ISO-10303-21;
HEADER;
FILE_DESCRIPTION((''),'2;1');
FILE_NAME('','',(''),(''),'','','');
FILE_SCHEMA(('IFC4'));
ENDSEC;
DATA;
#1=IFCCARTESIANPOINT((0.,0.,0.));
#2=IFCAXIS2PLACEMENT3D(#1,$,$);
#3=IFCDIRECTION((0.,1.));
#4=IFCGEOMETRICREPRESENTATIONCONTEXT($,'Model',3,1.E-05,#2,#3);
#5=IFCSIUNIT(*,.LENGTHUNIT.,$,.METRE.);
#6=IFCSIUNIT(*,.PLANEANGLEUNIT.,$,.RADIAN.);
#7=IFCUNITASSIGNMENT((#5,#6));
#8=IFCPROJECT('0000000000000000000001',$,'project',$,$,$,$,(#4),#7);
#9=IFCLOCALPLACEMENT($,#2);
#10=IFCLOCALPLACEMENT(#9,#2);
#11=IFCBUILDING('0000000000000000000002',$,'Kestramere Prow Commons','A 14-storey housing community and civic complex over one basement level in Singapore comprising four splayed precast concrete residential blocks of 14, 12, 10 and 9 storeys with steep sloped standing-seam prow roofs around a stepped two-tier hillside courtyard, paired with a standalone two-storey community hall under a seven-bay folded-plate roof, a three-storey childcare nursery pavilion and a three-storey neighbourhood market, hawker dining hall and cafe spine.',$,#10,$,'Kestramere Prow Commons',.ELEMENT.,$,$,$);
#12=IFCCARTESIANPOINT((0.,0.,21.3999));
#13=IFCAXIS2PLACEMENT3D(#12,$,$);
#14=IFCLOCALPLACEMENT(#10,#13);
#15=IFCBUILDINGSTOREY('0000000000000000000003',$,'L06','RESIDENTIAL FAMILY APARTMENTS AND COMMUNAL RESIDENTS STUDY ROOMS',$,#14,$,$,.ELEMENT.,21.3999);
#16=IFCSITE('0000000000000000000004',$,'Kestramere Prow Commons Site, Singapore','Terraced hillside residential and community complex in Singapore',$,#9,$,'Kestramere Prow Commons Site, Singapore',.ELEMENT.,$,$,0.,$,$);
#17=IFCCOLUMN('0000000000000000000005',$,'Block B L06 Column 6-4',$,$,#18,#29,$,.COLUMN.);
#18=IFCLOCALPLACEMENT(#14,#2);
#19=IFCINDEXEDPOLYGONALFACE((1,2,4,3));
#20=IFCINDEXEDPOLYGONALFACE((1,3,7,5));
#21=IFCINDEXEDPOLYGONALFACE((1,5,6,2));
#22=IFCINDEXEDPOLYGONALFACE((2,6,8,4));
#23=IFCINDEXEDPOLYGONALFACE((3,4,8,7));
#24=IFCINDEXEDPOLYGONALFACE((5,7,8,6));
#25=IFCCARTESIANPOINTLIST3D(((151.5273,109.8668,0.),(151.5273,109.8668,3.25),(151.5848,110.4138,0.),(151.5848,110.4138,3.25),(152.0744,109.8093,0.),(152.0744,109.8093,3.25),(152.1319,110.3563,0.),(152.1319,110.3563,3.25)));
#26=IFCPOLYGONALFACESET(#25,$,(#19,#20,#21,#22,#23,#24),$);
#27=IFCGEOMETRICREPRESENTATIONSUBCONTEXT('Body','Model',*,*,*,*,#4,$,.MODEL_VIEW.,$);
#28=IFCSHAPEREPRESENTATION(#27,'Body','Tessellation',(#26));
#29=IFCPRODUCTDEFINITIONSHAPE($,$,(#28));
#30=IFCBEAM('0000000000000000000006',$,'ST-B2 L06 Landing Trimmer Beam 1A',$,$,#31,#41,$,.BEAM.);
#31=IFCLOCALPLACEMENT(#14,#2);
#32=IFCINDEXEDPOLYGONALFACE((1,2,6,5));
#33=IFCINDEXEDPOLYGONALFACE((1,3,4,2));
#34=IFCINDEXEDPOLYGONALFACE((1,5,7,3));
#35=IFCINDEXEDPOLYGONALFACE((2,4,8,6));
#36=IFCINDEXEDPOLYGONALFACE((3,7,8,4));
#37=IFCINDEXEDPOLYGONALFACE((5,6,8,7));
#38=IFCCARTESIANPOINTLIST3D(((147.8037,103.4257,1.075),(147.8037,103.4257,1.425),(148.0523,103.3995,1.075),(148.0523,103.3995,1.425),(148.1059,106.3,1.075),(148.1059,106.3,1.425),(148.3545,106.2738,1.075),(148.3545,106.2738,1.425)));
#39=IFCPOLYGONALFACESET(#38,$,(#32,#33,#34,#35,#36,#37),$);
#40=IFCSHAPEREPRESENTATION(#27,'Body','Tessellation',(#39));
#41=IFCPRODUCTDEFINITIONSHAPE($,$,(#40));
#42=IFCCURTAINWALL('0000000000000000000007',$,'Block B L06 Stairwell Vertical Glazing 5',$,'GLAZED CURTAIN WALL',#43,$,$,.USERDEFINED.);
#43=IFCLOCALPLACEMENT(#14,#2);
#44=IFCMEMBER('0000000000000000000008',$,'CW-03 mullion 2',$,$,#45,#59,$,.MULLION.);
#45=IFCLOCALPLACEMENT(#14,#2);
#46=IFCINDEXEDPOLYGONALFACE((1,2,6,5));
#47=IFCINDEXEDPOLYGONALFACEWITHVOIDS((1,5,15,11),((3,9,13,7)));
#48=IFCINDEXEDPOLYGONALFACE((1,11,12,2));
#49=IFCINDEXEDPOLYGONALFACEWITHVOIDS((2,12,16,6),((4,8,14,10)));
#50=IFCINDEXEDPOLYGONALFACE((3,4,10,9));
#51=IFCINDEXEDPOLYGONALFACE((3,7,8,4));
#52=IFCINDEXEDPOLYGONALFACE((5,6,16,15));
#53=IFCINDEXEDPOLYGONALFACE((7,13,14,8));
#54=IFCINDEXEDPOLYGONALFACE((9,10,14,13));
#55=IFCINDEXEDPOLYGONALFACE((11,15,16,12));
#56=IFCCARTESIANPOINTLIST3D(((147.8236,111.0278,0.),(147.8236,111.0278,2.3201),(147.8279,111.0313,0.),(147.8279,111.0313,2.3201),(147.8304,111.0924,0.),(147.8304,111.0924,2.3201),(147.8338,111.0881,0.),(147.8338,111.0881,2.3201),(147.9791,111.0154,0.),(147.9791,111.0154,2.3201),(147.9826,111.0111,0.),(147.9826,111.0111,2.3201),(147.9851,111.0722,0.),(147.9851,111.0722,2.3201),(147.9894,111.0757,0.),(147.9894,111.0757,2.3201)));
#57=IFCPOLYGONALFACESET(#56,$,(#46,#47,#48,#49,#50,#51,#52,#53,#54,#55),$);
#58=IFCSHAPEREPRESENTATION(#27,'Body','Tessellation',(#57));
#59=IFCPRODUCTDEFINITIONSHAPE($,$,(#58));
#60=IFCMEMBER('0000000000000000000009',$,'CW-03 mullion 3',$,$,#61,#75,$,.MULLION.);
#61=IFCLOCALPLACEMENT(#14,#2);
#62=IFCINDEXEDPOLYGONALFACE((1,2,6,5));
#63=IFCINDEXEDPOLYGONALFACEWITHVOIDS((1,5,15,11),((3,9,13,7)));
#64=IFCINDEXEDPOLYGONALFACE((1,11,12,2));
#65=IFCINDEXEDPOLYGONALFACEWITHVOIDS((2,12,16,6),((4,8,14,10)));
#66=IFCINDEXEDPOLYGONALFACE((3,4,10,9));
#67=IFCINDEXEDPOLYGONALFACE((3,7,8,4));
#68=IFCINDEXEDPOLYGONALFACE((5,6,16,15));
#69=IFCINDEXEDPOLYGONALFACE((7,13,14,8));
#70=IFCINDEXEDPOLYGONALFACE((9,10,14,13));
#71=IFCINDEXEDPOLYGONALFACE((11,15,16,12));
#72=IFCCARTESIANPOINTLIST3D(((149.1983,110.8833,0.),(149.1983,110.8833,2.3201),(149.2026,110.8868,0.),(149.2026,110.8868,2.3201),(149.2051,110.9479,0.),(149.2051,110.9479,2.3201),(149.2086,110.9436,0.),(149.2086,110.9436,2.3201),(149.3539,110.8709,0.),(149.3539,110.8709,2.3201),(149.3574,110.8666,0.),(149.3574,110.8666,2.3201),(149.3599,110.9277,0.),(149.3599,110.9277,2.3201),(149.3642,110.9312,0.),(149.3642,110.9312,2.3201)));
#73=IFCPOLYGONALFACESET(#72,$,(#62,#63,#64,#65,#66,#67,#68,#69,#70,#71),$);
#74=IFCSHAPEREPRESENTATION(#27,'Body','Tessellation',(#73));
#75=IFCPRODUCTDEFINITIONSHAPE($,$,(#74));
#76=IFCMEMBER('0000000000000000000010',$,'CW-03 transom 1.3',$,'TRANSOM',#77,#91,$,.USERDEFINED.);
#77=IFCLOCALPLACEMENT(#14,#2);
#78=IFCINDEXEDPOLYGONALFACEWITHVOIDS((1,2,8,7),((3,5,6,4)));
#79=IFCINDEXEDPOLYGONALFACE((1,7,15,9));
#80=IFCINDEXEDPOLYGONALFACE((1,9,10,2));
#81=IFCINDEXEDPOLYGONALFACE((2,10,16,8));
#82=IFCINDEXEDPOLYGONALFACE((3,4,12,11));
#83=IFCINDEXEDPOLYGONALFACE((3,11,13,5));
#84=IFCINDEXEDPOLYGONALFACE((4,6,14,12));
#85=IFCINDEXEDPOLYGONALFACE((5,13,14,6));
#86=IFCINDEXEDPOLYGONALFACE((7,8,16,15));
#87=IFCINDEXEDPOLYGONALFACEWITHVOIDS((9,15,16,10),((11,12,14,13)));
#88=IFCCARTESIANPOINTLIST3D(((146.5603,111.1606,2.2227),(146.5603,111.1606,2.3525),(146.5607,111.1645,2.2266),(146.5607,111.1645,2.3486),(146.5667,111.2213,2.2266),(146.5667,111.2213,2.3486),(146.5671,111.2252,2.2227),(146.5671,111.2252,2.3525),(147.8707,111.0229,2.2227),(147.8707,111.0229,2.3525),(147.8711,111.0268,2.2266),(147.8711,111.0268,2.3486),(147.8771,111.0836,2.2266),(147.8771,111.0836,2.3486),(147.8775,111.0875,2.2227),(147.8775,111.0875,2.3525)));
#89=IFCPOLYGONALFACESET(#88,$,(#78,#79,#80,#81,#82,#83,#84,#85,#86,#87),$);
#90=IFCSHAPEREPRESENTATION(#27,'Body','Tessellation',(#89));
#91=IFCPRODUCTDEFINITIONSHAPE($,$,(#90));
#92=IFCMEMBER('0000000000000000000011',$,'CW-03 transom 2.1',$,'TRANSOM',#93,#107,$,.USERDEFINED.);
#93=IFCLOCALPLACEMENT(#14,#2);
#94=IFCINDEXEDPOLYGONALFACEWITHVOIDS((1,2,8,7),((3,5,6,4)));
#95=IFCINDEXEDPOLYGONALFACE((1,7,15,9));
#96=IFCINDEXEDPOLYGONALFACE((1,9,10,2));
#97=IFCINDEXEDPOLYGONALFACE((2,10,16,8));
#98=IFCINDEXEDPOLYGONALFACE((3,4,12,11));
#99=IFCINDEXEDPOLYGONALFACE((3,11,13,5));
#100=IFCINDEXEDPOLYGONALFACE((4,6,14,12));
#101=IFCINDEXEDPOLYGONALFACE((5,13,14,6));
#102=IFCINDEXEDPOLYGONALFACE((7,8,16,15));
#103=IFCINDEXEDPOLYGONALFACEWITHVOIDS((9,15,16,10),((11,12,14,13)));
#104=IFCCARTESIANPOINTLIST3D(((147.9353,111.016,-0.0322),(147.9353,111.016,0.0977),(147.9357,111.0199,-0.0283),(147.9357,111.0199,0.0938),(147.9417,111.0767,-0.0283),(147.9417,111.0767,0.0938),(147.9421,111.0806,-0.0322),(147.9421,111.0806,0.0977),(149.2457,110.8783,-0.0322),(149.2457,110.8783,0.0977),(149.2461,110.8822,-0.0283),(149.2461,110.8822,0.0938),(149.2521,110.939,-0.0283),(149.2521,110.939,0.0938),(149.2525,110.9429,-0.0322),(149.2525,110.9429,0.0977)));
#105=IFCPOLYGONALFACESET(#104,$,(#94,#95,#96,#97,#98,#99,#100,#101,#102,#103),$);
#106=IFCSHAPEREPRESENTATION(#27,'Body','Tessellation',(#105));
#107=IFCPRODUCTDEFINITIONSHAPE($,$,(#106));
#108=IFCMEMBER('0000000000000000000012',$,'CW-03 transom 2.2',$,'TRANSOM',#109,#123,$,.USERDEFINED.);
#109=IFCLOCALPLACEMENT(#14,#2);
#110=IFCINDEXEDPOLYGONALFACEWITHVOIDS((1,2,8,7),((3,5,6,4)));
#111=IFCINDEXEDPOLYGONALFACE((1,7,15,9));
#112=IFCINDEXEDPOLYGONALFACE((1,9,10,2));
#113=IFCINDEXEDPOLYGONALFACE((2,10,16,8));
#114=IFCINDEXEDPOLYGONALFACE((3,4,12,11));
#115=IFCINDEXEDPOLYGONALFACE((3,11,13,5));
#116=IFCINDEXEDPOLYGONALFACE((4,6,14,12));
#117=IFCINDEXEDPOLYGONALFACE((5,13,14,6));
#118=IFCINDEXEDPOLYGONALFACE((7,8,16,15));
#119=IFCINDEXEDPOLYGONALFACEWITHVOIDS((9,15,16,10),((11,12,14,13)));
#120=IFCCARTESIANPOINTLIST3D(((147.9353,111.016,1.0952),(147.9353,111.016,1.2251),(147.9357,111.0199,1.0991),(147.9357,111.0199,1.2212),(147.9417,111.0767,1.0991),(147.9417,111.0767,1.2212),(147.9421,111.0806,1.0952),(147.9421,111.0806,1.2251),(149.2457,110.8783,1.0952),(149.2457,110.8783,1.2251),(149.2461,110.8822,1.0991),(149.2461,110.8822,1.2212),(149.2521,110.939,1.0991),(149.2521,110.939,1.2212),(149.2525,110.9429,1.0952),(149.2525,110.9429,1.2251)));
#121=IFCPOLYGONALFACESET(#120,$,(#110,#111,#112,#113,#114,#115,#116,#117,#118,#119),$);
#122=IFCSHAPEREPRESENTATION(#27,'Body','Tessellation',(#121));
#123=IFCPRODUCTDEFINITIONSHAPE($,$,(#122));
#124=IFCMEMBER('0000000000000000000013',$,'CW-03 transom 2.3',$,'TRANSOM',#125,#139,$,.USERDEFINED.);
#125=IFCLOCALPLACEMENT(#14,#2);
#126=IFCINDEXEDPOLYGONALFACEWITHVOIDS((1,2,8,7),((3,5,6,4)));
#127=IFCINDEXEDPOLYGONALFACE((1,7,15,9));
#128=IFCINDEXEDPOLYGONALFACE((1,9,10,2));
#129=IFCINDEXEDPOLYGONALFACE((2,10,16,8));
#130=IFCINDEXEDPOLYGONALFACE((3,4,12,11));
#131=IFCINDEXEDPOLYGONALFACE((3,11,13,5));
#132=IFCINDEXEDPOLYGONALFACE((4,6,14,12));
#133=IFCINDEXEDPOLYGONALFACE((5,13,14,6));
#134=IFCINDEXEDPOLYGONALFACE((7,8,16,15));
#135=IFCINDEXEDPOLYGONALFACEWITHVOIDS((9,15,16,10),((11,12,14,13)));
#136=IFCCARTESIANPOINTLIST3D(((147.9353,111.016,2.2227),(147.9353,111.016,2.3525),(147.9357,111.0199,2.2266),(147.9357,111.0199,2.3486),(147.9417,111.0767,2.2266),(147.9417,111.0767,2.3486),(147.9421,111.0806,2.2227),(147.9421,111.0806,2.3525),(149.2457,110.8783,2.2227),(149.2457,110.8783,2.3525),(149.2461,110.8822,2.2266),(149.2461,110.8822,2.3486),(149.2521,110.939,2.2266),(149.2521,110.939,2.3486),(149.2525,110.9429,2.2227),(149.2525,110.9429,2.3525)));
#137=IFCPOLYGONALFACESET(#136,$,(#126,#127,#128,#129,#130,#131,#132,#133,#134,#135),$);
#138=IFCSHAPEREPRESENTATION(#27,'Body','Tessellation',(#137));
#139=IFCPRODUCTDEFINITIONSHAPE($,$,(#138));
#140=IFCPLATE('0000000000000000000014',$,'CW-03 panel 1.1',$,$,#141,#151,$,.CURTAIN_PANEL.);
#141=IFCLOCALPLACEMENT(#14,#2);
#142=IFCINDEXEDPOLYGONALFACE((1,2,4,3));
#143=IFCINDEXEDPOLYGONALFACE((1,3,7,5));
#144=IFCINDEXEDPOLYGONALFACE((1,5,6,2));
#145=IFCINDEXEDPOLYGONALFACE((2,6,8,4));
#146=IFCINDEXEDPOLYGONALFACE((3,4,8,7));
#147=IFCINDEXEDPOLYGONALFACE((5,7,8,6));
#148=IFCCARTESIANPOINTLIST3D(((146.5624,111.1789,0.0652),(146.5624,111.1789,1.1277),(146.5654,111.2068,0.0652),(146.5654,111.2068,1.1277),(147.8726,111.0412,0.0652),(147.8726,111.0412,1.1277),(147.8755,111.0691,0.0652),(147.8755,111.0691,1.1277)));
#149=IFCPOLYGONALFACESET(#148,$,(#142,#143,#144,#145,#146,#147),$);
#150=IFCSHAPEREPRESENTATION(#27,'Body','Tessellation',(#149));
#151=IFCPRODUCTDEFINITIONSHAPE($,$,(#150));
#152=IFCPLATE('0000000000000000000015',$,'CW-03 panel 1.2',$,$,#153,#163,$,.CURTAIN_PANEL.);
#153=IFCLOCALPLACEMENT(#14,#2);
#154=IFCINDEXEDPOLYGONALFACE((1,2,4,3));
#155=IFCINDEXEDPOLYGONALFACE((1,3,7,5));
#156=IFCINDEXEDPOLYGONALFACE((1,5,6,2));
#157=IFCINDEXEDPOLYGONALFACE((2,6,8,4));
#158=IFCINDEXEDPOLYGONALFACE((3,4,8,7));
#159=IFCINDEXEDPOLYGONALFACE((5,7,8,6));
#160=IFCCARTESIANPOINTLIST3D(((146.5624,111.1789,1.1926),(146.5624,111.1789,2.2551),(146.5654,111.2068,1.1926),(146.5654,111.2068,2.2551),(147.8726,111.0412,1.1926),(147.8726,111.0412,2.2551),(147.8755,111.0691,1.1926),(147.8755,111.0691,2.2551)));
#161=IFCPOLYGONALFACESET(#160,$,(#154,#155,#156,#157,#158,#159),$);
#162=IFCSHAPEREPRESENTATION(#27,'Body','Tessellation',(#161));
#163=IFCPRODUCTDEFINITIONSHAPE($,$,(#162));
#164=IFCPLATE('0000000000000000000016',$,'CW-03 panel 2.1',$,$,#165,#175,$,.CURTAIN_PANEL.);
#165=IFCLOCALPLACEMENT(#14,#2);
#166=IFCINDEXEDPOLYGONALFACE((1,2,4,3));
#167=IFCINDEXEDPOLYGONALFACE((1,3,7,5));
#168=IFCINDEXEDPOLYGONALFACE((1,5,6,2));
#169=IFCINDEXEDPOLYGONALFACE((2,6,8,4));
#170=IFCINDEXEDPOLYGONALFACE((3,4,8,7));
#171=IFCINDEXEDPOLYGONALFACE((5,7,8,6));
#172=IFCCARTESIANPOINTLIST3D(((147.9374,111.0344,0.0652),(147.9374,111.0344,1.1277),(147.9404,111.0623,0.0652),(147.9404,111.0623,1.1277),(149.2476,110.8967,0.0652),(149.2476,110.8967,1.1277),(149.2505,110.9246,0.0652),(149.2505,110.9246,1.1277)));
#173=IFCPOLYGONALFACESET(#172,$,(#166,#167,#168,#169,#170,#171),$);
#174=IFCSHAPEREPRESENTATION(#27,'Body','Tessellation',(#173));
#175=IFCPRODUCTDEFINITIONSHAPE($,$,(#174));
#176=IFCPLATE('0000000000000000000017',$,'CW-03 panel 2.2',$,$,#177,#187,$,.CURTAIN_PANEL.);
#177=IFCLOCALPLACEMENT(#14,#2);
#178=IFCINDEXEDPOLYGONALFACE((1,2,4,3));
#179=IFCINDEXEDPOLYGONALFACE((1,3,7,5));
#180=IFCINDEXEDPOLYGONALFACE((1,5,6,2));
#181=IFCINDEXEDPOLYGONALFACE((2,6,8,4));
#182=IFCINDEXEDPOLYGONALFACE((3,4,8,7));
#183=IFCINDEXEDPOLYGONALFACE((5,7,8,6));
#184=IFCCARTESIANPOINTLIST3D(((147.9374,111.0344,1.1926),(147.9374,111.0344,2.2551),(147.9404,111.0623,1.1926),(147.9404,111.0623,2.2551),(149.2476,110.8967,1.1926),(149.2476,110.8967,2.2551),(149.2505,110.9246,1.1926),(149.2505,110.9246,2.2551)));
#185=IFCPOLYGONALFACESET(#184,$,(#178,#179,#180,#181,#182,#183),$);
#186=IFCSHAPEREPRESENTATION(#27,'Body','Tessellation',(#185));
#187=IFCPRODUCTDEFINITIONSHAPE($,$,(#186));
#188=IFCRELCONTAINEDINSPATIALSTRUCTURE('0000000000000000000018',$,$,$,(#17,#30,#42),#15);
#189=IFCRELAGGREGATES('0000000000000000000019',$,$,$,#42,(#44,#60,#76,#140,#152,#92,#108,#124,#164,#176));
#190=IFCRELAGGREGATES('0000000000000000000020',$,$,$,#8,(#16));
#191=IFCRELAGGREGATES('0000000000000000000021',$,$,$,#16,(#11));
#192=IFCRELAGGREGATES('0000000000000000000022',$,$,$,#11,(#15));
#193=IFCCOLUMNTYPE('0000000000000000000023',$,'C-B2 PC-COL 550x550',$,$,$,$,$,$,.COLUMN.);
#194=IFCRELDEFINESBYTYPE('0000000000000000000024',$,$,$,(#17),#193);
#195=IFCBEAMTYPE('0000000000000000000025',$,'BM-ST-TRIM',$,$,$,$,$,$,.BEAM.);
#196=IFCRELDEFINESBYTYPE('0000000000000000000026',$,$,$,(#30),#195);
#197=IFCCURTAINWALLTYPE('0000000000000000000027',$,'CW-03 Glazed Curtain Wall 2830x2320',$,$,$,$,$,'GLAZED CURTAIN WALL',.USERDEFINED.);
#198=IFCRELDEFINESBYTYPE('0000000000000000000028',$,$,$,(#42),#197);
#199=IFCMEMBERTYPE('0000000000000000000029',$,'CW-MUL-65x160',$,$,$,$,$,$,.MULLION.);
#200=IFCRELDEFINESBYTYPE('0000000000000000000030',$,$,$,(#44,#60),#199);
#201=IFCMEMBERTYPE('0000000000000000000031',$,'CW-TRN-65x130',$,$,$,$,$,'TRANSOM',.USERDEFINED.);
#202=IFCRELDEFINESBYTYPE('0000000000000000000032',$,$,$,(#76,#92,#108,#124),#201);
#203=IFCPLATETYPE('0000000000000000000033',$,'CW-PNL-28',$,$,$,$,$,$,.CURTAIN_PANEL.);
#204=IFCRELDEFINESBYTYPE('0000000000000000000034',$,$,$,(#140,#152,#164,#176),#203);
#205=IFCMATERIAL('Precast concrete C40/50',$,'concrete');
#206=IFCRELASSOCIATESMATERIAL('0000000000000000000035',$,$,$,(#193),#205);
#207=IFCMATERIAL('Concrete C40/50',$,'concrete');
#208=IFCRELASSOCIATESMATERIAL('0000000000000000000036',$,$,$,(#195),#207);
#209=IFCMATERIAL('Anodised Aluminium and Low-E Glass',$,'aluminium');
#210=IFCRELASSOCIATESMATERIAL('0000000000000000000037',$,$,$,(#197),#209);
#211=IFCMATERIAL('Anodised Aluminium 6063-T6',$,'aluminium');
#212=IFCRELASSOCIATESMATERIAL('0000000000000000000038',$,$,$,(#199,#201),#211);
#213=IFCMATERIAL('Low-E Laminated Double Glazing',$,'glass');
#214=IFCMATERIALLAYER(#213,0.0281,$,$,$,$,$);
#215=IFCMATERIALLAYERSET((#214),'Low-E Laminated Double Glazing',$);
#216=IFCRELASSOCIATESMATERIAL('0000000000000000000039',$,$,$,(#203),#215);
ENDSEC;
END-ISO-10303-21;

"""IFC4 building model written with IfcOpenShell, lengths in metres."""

from ifc_helpers import new_model, si_unit, direction, frame, origin, origin_2d, place, context, subcontext, project, spatial, rectangle, hollow_rectangle, extrude, material, layer, layer_set, material_profile, profile_set, type_object, element, aggregate, save


model = new_model("IFC4")

# Units and contexts
model_context = context("Model", 3, precision=1e-05, world=origin(), true_north=direction((0.0, 1.0)))
body_context = subcontext(model_context, "Body", "Model", "MODEL_VIEW")
ifc_project = project(units=[si_unit("LENGTHUNIT", "METRE"), si_unit("PLANEANGLEUNIT", "RADIAN")], contexts=[model_context])

# Site, building, storey
site_placement = place(None, origin())
site = spatial("IfcSite", under=ifc_project, at=site_placement, Name="Kestramere Prow Commons Site, Singapore", Description="Terraced hillside residential and community complex in Singapore", LongName="Kestramere Prow Commons Site, Singapore", CompositionType="ELEMENT", RefElevation=0.0)
building_placement = place(site_placement, origin())
building = spatial("IfcBuilding", under=site, at=building_placement, Name="Kestramere Prow Commons", Description="A 14-storey housing community and civic complex over one basement level in Singapore comprising four splayed precast concrete residential blocks of 14, 12, 10 and 9 storeys with steep sloped standing-seam prow roofs around a stepped two-tier hillside courtyard, paired with a standalone two-storey community hall under a seven-bay folded-plate roof, a three-storey childcare nursery pavilion and a three-storey neighbourhood market, hawker dining hall and cafe spine.", LongName="Kestramere Prow Commons", CompositionType="ELEMENT")
storey_placement = place(building_placement, frame((0.0, 0.0, 21.3999)))
storey = spatial("IfcBuildingStorey", under=building, at=storey_placement, Name="L06", Description="RESIDENTIAL FAMILY APARTMENTS AND COMMUNAL RESIDENTS STUDY ROOMS", CompositionType="ELEMENT", Elevation=21.3999)

# Column
ifc_material_1 = material(Name="Precast concrete C40/50", Category="concrete")
ifc_material_profile_1 = material_profile(ifc_material_1, rectangle(XDim=0.55, YDim=0.55, at=origin_2d()), Name="PC-COL 550x550")
ifc_profile_set_1 = profile_set([ifc_material_profile_1], Name="Precast concrete C40/50")
column_type = type_object("IfcColumnType", Name="C-B2 PC-COL 550x550", PredefinedType="COLUMN", material=ifc_profile_set_1)
column_placement = place(storey_placement, frame((151.8296, 110.1116, 0.0), z_axis=(0.0, 0.0, 1.0), x_axis=(0.994522, -0.104528, 0.0)))
element("IfcColumn", 1, at=column_placement, inside=storey, type_object=column_type, Name="Block B L06 Column 6-4", PredefinedType="COLUMN", context=body_context, shape_type="SweptSolid", body=[
    extrude(rectangle(XDim=0.55, YDim=0.55, at=origin_2d()), origin(), (0.0, 0.0, 1.0), 3.25),
])

# Beam
ifc_material_2 = material(Name="Concrete C40/50", Category="concrete")
ifc_material_profile_2 = material_profile(ifc_material_2, rectangle(XDim=0.25, YDim=0.3501, at=origin_2d()), Name="PC-BM 250x350")
ifc_profile_set_2 = profile_set([ifc_material_profile_2], Name="Concrete C40/50")
beam_type = type_object("IfcBeamType", Name="BM-ST-TRIM", PredefinedType="BEAM", material=ifc_profile_set_2)
beam_placement = place(storey_placement, frame((147.928, 103.4126, 1.25), z_axis=(0.104579, 0.994517, 0.0), x_axis=(-0.994517, 0.104579, 0.0)))
element("IfcBeam", 2, at=beam_placement, inside=storey, type_object=beam_type, Name="ST-B2 L06 Landing Trimmer Beam 1A", PredefinedType="BEAM", context=body_context, shape_type="SweptSolid", body=[
    extrude(rectangle(XDim=0.25, YDim=0.3501, at=origin_2d()), origin(), (0.0, 0.0, 1.0), 2.8901),
])

# Curtain wall, members, plates
ifc_material_3 = material(Name="Anodised Aluminium and Low-E Glass", Category="aluminium")
curtain_wall_type = type_object("IfcCurtainWallType", Name="CW-03 Glazed Curtain Wall 2830x2320", ElementType="GLAZED CURTAIN WALL", PredefinedType="USERDEFINED", material=ifc_material_3)
curtain_wall_placement = place(storey_placement, origin())
curtain_wall = element("IfcCurtainWall", 3, at=curtain_wall_placement, inside=storey, type_object=curtain_wall_type, Name="Block B L06 Stairwell Vertical Glazing 5", ObjectType="GLAZED CURTAIN WALL", PredefinedType="USERDEFINED")
ifc_material_4 = material(Name="Anodised Aluminium 6063-T6", Category="aluminium")
ifc_material_profile_3 = material_profile(ifc_material_4, hollow_rectangle(XDim=0.0649, YDim=0.1599, WallThickness=0.0039, at=origin_2d()), Name="ALU-MUL 65x160")
ifc_profile_set_3 = profile_set([ifc_material_profile_3], Name="Anodised Aluminium 6063-T6")
member_type_1 = type_object("IfcMemberType", Name="CW-MUL-65x160", PredefinedType="MULLION", material=ifc_profile_set_3)
member_1_placement = place(storey_placement, frame((147.9065, 111.0518, 0.0), z_axis=(0.0, 0.0, 1.0), x_axis=(0.104528, 0.994522, 0.0)))
member_1 = element("IfcMember", 4, at=member_1_placement, type_object=member_type_1, Name="CW-03 mullion 2", PredefinedType="MULLION", context=body_context, shape_type="SweptSolid", body=[
    extrude(hollow_rectangle(XDim=0.0649, YDim=0.1599, WallThickness=0.0039, at=origin_2d()), origin(), (0.0, 0.0, 1.0), 2.3201),
])
member_2_placement = place(storey_placement, frame((149.2812, 110.9072, 0.0), z_axis=(0.0, 0.0, 1.0), x_axis=(0.104528, 0.994522, 0.0)))
member_2 = element("IfcMember", 5, at=member_2_placement, type_object=member_type_1, Name="CW-03 mullion 3", PredefinedType="MULLION", context=body_context, shape_type="SweptSolid", body=[
    extrude(hollow_rectangle(XDim=0.0649, YDim=0.1599, WallThickness=0.0039, at=origin_2d()), origin(), (0.0, 0.0, 1.0), 2.3201),
])
ifc_material_profile_4 = material_profile(ifc_material_4, hollow_rectangle(XDim=0.0649, YDim=0.1299, WallThickness=0.0039, at=origin_2d()), Name="ALU-TRN 65x130")
ifc_profile_set_4 = profile_set([ifc_material_profile_4], Name="Anodised Aluminium 6063-T6")
member_type_2 = type_object("IfcMemberType", Name="CW-TRN-65x130", ElementType="TRANSOM", PredefinedType="USERDEFINED", material=ifc_profile_set_4)
member_3_placement = place(storey_placement, frame((146.5637, 111.1929, 2.2876), z_axis=(0.994524, -0.104511, 0.0), x_axis=(0.104511, 0.994524, 0.0)))
member_3 = element("IfcMember", 6, at=member_3_placement, type_object=member_type_2, Name="CW-03 transom 1.3", ObjectType="TRANSOM", PredefinedType="USERDEFINED", context=body_context, shape_type="SweptSolid", body=[
    extrude(hollow_rectangle(XDim=0.0649, YDim=0.1299, WallThickness=0.0039, at=origin_2d()), origin(), (0.0, 0.0, 1.0), 1.3176),
])
member_4_placement = place(storey_placement, frame((147.9387, 111.0483, 0.0327), z_axis=(0.994524, -0.104511, 0.0), x_axis=(0.104511, 0.994524, 0.0)))
member_4 = element("IfcMember", 7, at=member_4_placement, type_object=member_type_2, Name="CW-03 transom 2.1", ObjectType="TRANSOM", PredefinedType="USERDEFINED", context=body_context, shape_type="SweptSolid", body=[
    extrude(hollow_rectangle(XDim=0.0649, YDim=0.1299, WallThickness=0.0039, at=origin_2d()), origin(), (0.0, 0.0, 1.0), 1.3176),
])
member_5_placement = place(storey_placement, frame((147.9387, 111.0483, 1.1602), z_axis=(0.994524, -0.104511, 0.0), x_axis=(0.104511, 0.994524, 0.0)))
member_5 = element("IfcMember", 8, at=member_5_placement, type_object=member_type_2, Name="CW-03 transom 2.2", ObjectType="TRANSOM", PredefinedType="USERDEFINED", context=body_context, shape_type="SweptSolid", body=[
    extrude(hollow_rectangle(XDim=0.0649, YDim=0.1299, WallThickness=0.0039, at=origin_2d()), origin(), (0.0, 0.0, 1.0), 1.3176),
])
member_6_placement = place(storey_placement, frame((147.9387, 111.0483, 2.2876), z_axis=(0.994524, -0.104511, 0.0), x_axis=(0.104511, 0.994524, 0.0)))
member_6 = element("IfcMember", 9, at=member_6_placement, type_object=member_type_2, Name="CW-03 transom 2.3", ObjectType="TRANSOM", PredefinedType="USERDEFINED", context=body_context, shape_type="SweptSolid", body=[
    extrude(hollow_rectangle(XDim=0.0649, YDim=0.1299, WallThickness=0.0039, at=origin_2d()), origin(), (0.0, 0.0, 1.0), 1.3176),
])
ifc_material_5 = material(Name="Low-E Laminated Double Glazing", Category="glass")
ifc_layer_1 = layer(ifc_material_5, 0.0281)
ifc_layer_set_1 = layer_set([ifc_layer_1], Name="Low-E Laminated Double Glazing")
plate_type = type_object("IfcPlateType", Name="CW-PNL-28", PredefinedType="CURTAIN_PANEL", material=ifc_layer_set_1)
plate_1_placement = place(storey_placement, frame((147.219, 111.124, 0.0652), z_axis=(0.0, 0.0, 1.0), x_axis=(0.994522, -0.104528, 0.0)))
plate_1 = element("IfcPlate", 10, at=plate_1_placement, type_object=plate_type, Name="CW-03 panel 1.1", PredefinedType="CURTAIN_PANEL", context=body_context, shape_type="SweptSolid", body=[
    extrude(rectangle(XDim=1.3174, YDim=0.0281, at=origin_2d()), origin(), (0.0, 0.0, 1.0), 1.0625),
])
plate_2_placement = place(storey_placement, frame((147.219, 111.124, 1.1926), z_axis=(0.0, 0.0, 1.0), x_axis=(0.994522, -0.104528, 0.0)))
plate_2 = element("IfcPlate", 11, at=plate_2_placement, type_object=plate_type, Name="CW-03 panel 1.2", PredefinedType="CURTAIN_PANEL", context=body_context, shape_type="SweptSolid", body=[
    extrude(rectangle(XDim=1.3174, YDim=0.0281, at=origin_2d()), origin(), (0.0, 0.0, 1.0), 1.0625),
])
plate_3_placement = place(storey_placement, frame((148.594, 110.9795, 0.0652), z_axis=(0.0, 0.0, 1.0), x_axis=(0.994522, -0.104528, 0.0)))
plate_3 = element("IfcPlate", 12, at=plate_3_placement, type_object=plate_type, Name="CW-03 panel 2.1", PredefinedType="CURTAIN_PANEL", context=body_context, shape_type="SweptSolid", body=[
    extrude(rectangle(XDim=1.3174, YDim=0.0281, at=origin_2d()), origin(), (0.0, 0.0, 1.0), 1.0625),
])
plate_4_placement = place(storey_placement, frame((148.594, 110.9795, 1.1926), z_axis=(0.0, 0.0, 1.0), x_axis=(0.994522, -0.104528, 0.0)))
plate_4 = element("IfcPlate", 13, at=plate_4_placement, type_object=plate_type, Name="CW-03 panel 2.2", PredefinedType="CURTAIN_PANEL", context=body_context, shape_type="SweptSolid", body=[
    extrude(rectangle(XDim=1.3174, YDim=0.0281, at=origin_2d()), origin(), (0.0, 0.0, 1.0), 1.0625),
])
aggregate(curtain_wall, [member_1, member_2, member_3, plate_1, plate_2, member_4, member_5, member_6, plate_3, plate_4])

save(model, "model.ifc")
